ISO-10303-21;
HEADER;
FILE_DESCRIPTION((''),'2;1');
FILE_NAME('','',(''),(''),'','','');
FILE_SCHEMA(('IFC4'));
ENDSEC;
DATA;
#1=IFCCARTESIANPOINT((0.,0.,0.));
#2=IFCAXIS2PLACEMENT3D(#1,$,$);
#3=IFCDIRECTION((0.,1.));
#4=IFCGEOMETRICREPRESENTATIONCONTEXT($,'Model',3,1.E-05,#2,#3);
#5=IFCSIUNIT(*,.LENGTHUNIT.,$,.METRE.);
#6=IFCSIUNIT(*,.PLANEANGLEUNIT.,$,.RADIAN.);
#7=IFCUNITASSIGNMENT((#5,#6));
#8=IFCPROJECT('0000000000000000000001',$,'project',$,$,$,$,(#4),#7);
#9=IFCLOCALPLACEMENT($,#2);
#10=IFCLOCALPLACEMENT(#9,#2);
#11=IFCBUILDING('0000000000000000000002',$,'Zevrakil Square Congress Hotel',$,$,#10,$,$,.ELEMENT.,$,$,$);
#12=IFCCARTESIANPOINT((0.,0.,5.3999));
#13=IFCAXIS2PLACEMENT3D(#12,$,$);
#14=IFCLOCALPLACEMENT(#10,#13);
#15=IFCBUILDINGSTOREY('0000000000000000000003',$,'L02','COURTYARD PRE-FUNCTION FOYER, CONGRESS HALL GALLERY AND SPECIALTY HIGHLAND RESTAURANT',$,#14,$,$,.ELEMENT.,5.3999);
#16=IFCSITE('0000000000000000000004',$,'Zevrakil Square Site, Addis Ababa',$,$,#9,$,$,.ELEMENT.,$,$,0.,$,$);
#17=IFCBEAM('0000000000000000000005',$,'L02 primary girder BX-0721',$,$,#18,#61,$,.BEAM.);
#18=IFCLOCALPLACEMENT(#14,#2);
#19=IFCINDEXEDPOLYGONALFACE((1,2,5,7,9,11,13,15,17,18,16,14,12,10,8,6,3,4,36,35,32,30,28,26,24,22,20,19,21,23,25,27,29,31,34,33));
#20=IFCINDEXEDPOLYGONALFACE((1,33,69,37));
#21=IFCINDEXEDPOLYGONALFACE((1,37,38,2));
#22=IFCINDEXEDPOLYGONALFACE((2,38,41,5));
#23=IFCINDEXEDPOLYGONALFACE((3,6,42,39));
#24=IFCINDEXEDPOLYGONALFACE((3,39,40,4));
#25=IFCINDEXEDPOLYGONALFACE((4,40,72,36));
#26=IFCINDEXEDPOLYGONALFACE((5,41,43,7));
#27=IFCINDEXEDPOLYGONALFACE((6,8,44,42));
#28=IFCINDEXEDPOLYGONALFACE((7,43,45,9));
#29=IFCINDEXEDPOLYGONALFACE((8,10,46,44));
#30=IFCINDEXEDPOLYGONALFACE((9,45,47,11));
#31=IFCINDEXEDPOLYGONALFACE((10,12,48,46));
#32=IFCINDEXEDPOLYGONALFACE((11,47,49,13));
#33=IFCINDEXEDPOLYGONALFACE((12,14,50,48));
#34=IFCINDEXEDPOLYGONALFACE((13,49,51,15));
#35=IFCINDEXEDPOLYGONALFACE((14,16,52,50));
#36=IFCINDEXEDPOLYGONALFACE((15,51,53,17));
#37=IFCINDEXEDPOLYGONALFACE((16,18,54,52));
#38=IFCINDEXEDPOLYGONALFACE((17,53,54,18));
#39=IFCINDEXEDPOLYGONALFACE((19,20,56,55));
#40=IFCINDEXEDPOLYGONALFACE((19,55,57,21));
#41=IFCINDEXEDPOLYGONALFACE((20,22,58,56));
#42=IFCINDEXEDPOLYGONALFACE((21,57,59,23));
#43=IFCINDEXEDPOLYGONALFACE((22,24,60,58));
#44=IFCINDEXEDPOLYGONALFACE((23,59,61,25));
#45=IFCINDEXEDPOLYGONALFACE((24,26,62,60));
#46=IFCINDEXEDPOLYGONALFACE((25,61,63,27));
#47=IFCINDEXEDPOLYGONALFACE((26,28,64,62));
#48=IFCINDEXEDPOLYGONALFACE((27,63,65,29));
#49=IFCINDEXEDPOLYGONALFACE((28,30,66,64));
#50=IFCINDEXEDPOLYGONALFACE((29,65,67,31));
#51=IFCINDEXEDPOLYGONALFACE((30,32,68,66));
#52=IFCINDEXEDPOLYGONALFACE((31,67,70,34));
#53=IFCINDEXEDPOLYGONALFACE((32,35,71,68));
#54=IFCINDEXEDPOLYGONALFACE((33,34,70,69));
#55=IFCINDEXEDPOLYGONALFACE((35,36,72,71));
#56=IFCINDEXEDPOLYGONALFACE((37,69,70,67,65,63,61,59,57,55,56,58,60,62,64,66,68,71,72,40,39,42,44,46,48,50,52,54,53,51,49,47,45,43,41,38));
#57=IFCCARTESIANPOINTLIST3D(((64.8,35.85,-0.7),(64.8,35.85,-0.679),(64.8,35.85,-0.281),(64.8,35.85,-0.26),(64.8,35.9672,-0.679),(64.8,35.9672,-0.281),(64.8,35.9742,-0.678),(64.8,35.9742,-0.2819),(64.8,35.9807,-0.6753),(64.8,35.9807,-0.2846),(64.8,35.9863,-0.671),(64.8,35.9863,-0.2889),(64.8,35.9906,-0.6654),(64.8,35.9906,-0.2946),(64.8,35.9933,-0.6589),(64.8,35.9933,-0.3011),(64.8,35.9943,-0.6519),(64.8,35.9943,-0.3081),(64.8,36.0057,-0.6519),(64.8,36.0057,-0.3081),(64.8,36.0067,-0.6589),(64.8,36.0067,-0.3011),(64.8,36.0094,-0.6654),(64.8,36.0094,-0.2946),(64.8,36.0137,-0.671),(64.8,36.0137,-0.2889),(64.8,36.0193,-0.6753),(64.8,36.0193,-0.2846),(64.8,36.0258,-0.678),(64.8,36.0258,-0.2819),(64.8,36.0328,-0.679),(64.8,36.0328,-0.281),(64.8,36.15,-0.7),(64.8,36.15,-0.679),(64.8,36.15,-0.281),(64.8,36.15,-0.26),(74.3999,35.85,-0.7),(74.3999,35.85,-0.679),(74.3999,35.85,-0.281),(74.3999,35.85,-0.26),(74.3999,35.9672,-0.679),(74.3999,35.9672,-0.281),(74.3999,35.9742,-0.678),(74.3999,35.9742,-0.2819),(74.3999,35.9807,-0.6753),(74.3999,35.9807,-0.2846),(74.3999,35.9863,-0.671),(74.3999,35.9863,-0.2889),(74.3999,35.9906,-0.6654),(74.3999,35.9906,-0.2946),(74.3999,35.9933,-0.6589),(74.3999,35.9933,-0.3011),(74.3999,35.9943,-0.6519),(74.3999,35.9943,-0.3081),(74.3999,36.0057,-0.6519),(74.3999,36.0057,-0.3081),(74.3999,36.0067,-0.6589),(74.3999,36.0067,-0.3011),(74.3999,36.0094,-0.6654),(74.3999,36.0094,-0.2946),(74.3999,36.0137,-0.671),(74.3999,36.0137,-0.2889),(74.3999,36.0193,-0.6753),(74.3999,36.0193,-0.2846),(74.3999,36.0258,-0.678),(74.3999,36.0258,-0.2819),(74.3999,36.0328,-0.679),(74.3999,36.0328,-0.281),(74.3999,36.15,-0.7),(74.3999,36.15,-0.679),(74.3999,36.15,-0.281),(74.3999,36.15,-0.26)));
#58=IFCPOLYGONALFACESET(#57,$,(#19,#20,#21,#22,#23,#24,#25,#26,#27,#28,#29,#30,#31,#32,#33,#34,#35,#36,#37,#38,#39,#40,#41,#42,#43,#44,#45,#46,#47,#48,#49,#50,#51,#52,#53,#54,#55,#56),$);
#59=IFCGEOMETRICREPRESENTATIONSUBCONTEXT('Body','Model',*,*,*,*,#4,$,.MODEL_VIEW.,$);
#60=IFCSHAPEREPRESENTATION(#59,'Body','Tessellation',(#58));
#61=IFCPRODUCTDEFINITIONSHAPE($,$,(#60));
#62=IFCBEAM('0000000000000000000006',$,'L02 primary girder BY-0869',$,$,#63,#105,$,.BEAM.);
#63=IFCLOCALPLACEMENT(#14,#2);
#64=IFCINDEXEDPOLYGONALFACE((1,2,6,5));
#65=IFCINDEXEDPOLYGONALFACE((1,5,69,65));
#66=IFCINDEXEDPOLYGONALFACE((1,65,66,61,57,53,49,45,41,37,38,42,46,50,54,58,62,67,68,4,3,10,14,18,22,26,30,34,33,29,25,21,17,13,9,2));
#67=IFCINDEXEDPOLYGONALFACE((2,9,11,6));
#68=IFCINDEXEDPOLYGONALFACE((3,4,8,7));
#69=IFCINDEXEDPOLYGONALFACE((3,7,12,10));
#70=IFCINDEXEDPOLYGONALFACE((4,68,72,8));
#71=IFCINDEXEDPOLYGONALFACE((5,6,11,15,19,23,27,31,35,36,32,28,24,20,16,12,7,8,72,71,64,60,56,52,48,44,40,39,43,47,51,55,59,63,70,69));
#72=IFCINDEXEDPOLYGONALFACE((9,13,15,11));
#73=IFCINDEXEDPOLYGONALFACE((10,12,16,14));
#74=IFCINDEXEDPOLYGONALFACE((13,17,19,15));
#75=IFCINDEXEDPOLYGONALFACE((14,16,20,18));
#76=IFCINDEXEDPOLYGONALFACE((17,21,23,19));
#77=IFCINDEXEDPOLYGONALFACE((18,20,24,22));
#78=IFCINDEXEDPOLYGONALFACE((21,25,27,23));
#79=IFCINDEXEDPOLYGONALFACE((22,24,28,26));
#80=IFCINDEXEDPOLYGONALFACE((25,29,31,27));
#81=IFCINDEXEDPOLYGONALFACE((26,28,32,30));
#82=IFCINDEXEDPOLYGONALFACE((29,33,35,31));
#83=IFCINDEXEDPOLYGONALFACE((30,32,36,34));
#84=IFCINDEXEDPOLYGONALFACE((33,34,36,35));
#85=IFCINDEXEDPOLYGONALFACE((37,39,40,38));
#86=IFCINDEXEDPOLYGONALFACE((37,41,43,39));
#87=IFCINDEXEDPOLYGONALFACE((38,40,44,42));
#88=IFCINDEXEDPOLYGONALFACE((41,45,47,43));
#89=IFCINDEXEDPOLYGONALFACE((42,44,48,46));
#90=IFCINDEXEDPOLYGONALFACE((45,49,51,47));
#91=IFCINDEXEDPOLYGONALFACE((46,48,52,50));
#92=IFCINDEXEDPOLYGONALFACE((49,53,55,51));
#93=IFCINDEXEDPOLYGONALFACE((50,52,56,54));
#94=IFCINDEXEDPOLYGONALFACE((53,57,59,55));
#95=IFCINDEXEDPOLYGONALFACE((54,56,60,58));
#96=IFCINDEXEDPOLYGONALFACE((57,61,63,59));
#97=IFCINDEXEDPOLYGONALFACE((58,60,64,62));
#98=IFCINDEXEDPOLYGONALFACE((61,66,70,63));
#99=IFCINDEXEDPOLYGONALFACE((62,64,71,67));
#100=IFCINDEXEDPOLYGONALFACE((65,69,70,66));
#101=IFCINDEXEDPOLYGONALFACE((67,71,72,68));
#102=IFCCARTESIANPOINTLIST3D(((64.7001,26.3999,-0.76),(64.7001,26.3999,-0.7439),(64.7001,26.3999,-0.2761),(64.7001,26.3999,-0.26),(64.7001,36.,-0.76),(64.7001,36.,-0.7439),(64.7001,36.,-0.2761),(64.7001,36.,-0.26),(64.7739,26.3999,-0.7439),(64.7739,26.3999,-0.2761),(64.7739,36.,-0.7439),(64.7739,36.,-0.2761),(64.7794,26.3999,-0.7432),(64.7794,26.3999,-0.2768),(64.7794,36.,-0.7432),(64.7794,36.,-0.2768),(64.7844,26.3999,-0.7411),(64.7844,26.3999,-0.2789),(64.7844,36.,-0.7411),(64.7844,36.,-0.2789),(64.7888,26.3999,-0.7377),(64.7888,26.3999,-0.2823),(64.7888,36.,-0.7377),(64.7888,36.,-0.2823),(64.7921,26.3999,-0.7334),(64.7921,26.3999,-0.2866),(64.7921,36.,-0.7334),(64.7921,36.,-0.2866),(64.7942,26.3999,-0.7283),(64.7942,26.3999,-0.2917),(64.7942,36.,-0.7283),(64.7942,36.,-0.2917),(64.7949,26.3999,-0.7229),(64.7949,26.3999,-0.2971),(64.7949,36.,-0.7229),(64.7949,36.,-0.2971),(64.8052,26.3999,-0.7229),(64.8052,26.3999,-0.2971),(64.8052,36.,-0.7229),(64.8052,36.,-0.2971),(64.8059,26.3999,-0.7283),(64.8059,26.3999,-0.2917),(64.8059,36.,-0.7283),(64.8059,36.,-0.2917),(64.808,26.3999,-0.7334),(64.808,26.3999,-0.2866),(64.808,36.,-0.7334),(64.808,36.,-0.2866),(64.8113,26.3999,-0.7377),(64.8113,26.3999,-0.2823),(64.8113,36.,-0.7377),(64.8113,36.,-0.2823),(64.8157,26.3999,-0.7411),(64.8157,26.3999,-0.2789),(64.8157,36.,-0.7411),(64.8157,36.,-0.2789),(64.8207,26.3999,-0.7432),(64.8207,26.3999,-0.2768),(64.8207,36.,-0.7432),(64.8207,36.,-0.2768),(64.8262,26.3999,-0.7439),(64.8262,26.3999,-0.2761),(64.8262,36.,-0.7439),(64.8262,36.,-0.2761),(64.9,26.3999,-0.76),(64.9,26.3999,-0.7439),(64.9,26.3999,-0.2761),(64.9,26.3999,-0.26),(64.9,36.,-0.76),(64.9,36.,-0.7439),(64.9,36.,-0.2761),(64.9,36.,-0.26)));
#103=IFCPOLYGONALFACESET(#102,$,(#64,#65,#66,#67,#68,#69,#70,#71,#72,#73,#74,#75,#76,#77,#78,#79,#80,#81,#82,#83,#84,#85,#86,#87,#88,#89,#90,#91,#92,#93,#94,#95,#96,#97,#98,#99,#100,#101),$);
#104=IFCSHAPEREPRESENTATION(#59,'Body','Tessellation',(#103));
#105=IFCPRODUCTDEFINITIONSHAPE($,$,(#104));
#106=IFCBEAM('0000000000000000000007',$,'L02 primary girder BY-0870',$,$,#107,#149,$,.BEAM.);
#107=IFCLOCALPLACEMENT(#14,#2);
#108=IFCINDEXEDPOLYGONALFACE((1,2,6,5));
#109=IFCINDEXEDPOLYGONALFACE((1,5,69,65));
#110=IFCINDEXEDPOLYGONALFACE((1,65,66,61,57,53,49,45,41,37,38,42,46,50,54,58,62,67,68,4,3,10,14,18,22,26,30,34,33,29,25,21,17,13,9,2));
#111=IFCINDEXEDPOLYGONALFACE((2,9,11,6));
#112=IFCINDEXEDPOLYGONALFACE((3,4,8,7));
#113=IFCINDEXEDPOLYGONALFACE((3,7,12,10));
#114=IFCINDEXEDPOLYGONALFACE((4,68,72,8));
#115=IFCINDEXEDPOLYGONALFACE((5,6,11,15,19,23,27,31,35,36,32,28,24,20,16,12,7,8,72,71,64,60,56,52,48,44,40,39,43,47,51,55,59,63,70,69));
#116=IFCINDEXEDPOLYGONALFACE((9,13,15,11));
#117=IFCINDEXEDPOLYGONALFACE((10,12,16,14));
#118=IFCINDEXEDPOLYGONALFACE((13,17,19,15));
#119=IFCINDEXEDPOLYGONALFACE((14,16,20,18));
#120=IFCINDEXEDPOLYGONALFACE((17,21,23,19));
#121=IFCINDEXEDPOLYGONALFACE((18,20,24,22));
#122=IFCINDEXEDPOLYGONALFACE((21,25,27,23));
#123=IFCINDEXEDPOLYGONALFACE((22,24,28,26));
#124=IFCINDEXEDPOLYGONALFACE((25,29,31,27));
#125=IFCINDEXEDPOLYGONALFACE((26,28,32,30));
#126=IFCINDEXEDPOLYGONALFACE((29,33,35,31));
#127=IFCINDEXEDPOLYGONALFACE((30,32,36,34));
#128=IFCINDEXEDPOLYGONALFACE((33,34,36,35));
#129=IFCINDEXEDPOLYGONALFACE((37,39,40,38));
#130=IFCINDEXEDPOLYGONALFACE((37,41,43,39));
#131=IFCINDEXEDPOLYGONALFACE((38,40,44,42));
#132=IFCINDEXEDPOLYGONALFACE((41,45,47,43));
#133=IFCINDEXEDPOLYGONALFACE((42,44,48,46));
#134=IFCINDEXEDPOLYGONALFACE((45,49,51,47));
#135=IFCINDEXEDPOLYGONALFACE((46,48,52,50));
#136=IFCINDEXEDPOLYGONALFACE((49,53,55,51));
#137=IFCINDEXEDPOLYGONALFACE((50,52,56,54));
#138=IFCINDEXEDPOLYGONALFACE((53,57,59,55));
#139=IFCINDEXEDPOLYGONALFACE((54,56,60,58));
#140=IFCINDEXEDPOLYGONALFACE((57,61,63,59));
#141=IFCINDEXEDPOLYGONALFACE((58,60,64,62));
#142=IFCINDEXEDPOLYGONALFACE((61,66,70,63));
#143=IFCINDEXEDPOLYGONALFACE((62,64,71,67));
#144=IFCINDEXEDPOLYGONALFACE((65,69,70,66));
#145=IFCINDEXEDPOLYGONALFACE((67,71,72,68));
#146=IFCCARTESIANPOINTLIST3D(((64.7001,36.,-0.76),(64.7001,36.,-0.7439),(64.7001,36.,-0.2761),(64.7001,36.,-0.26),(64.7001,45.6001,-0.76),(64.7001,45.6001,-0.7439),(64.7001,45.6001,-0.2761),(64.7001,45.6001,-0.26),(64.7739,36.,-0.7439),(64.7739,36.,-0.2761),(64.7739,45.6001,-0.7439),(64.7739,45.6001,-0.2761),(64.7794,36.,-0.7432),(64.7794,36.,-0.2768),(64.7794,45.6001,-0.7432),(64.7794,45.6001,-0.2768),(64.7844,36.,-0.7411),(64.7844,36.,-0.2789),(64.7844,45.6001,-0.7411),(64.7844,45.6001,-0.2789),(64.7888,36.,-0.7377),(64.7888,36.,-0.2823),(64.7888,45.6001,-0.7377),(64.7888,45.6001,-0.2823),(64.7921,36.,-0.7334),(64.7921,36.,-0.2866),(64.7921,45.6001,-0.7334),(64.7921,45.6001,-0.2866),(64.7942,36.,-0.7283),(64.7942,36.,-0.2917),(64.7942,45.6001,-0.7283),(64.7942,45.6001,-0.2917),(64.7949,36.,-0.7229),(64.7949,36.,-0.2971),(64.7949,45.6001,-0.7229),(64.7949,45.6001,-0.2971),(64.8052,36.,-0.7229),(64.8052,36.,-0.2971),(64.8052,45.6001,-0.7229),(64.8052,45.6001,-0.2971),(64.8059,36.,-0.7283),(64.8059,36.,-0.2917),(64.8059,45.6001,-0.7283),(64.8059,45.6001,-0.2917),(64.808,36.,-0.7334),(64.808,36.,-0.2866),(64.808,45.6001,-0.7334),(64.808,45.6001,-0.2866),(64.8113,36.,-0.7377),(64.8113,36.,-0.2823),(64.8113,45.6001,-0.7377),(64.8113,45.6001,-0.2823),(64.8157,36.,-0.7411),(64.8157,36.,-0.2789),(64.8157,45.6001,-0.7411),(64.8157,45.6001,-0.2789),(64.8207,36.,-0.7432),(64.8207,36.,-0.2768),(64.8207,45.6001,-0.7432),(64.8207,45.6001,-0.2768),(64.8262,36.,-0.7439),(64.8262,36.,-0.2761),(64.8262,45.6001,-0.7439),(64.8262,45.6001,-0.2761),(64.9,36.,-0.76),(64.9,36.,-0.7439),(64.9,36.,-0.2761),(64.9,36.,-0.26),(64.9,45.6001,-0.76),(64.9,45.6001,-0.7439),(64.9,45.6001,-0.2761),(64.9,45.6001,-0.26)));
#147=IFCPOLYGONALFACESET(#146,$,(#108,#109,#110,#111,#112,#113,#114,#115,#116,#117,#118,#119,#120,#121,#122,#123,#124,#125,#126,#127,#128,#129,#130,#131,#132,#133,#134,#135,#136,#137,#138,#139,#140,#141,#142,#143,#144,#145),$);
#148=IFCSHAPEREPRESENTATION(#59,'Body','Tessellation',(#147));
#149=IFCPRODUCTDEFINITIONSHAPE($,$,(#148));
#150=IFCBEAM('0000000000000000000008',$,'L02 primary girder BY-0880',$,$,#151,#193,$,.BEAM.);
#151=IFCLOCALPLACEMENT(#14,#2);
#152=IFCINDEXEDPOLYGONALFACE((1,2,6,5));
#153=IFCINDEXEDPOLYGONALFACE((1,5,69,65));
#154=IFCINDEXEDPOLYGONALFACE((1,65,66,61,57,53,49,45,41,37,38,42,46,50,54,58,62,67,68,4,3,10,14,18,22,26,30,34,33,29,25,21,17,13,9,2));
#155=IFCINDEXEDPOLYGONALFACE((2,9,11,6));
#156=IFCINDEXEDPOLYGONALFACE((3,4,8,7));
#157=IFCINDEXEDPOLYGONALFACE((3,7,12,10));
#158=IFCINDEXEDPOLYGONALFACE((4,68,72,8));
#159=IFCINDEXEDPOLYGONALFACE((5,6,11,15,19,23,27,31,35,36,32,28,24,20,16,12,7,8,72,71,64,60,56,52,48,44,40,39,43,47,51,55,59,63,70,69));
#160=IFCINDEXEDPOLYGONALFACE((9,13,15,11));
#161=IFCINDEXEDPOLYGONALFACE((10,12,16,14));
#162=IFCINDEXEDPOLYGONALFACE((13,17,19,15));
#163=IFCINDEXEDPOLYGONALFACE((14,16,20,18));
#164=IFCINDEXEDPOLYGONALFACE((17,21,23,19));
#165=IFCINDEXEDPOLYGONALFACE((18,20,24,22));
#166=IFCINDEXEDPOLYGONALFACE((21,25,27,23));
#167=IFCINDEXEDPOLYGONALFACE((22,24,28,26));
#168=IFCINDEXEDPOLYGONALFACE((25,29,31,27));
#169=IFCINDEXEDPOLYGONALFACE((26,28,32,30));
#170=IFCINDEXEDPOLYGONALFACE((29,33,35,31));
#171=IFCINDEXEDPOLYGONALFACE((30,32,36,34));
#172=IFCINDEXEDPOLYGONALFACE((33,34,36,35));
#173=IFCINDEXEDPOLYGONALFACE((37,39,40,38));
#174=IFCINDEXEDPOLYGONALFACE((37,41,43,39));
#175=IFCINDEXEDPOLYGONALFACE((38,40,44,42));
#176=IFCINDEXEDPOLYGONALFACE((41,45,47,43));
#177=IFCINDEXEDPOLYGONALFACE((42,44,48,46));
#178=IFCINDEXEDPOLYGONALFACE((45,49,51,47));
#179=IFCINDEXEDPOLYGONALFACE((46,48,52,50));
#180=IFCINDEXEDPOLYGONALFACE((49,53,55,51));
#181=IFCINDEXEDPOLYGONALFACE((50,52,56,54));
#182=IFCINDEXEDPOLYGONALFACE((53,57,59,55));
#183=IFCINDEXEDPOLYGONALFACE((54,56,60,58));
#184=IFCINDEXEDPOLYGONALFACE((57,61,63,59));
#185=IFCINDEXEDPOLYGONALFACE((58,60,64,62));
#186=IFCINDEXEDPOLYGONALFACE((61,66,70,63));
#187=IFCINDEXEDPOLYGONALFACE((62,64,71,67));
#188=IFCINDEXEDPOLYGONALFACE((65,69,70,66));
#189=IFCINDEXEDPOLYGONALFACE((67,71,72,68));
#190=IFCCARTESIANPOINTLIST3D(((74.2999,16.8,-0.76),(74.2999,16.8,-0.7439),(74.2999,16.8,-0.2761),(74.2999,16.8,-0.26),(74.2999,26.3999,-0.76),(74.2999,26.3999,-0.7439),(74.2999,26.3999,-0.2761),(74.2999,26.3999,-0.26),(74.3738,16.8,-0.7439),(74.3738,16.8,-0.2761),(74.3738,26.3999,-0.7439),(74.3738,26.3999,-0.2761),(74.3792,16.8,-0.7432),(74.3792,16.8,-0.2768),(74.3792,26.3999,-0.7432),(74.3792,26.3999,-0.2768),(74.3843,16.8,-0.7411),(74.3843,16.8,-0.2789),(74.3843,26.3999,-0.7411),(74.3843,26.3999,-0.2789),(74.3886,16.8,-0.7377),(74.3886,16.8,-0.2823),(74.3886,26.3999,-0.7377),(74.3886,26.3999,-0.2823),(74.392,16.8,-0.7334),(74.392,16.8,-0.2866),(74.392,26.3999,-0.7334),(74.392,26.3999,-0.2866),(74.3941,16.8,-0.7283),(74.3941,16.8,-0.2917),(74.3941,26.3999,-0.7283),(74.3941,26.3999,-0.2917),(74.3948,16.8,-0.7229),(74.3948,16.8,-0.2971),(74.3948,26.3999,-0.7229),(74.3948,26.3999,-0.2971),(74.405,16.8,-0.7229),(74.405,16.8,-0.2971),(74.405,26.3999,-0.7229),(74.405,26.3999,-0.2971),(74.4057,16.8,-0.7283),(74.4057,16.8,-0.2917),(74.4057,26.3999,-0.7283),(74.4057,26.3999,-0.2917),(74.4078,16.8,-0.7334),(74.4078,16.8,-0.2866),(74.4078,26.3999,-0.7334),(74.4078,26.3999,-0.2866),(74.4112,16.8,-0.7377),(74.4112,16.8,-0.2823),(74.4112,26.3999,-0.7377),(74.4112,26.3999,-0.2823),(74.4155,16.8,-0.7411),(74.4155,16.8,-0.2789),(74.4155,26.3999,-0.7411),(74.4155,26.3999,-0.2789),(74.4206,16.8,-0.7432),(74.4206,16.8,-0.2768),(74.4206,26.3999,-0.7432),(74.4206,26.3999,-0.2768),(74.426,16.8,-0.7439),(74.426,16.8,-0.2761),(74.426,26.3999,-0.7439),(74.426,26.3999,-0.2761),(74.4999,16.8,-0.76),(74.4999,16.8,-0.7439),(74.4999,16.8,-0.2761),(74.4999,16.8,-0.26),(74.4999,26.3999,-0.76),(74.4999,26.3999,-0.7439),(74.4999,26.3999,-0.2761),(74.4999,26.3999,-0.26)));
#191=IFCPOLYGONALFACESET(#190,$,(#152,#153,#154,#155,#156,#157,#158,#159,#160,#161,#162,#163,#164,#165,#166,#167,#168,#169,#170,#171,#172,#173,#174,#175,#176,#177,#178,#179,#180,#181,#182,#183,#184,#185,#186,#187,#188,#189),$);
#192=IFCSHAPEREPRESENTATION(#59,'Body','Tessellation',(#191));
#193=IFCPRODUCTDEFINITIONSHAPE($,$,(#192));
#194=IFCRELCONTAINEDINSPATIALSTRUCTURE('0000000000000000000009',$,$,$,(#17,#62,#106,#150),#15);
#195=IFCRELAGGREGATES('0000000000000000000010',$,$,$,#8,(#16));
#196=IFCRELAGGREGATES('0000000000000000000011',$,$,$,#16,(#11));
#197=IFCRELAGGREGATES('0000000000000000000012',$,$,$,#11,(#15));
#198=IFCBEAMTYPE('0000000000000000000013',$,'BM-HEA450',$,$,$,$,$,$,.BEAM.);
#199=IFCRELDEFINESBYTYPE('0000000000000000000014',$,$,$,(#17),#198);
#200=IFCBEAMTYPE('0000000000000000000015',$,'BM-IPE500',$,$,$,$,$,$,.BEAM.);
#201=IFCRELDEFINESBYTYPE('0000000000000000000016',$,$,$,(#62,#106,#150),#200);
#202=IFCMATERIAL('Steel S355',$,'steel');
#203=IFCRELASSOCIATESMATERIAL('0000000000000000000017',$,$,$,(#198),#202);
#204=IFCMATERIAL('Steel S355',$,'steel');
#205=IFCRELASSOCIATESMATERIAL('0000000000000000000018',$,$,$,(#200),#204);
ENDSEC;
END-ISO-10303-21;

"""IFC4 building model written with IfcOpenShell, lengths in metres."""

from ifc_helpers import new_model, si_unit, direction, frame, origin, origin_2d, place, context, subcontext, project, spatial, i_section, extrude, material, material_profile, profile_set, type_object, element, save


model = new_model("IFC4")

# Units and contexts
model_context = context("Model", 3, precision=1e-05, world=origin(), true_north=direction((0.0, 1.0)))
body_context = subcontext(model_context, "Body", "Model", "MODEL_VIEW")
ifc_project = project(units=[si_unit("LENGTHUNIT", "METRE"), si_unit("PLANEANGLEUNIT", "RADIAN")], contexts=[model_context])

# Site, building, storey
site_placement = place(None, origin())
site = spatial("IfcSite", under=ifc_project, at=site_placement, Name="Zevrakil Square Site, Addis Ababa", CompositionType="ELEMENT", RefElevation=0.0)
building_placement = place(site_placement, origin())
building = spatial("IfcBuilding", under=site, at=building_placement, Name="Zevrakil Square Congress Hotel", CompositionType="ELEMENT")
storey_placement = place(building_placement, frame((0.0, 0.0, 5.3999)))
storey = spatial("IfcBuildingStorey", under=building, at=storey_placement, Name="L02", Description="COURTYARD PRE-FUNCTION FOYER, CONGRESS HALL GALLERY AND SPECIALTY HIGHLAND RESTAURANT", CompositionType="ELEMENT", Elevation=5.3999)

# Beams
ifc_material_1 = material(Name="Steel S355", Category="steel")
ifc_material_profile_1 = material_profile(ifc_material_1, i_section(OverallWidth=0.3, OverallDepth=0.4399, WebThickness=0.0115, FlangeThickness=0.021, FilletRadius=0.0271, at=origin_2d()), Name="HEA 450")
ifc_profile_set_1 = profile_set([ifc_material_profile_1], Name="Steel S355")
beam_type_1 = type_object("IfcBeamType", Name="BM-HEA450", PredefinedType="BEAM", material=ifc_profile_set_1)
for number, where, z_axis, x_axis, name in (
    (1, (64.8, 36.0, -0.48), (1.0, 0.0, 0.0), (0.0, 1.0, 0.0), "L02 primary girder BX-0721"),
):
    element("IfcBeam", number, at=place(storey_placement, frame(where, z_axis=z_axis, x_axis=x_axis)), inside=storey, type_object=beam_type_1, Name=name, PredefinedType="BEAM", context=body_context, shape_type="SweptSolid", body=[
        extrude(i_section(OverallWidth=0.3, OverallDepth=0.4399, WebThickness=0.0115, FlangeThickness=0.021, FilletRadius=0.0271, at=origin_2d()), origin(), (0.0, 0.0, 1.0), 9.5999),
    ])
ifc_material_2 = material(Name="Steel S355", Category="steel")
ifc_material_profile_2 = material_profile(ifc_material_2, i_section(OverallWidth=0.2, OverallDepth=0.5, WebThickness=0.0103, FlangeThickness=0.0161, FilletRadius=0.021, at=origin_2d()), Name="IPE 500")
ifc_profile_set_2 = profile_set([ifc_material_profile_2], Name="Steel S355")
beam_type_2 = type_object("IfcBeamType", Name="BM-IPE500", PredefinedType="BEAM", material=ifc_profile_set_2)
for number, where, z_axis, x_axis, name in (
    (2, (64.8, 26.3999, -0.51), (0.0, 1.0, 0.0), (-1.0, 0.0, 0.0), "L02 primary girder BY-0869"),
    (3, (64.8, 36.0, -0.51), (0.0, 1.0, 0.0), (-1.0, 0.0, 0.0), "L02 primary girder BY-0870"),
):
    element("IfcBeam", number, at=place(storey_placement, frame(where, z_axis=z_axis, x_axis=x_axis)), inside=storey, type_object=beam_type_2, Name=name, PredefinedType="BEAM", context=body_context, shape_type="SweptSolid", body=[
        extrude(i_section(OverallWidth=0.2, OverallDepth=0.5, WebThickness=0.0103, FlangeThickness=0.0161, FilletRadius=0.021, at=origin_2d()), origin(), (0.0, 0.0, 1.0), 9.6001),
    ])
beam_1_placement = place(storey_placement, frame((74.3999, 16.8, -0.51), z_axis=(0.0, 1.0, 0.0), x_axis=(-1.0, 0.0, 0.0)))
element("IfcBeam", 4, at=beam_1_placement, inside=storey, type_object=beam_type_2, Name="L02 primary girder BY-0880", PredefinedType="BEAM", context=body_context, shape_type="SweptSolid", body=[
    extrude(i_section(OverallWidth=0.2, OverallDepth=0.5, WebThickness=0.0103, FlangeThickness=0.0161, FilletRadius=0.021, at=origin_2d()), origin(), (0.0, 0.0, 1.0), 9.5999),
])

save(model, "model.ifc")
